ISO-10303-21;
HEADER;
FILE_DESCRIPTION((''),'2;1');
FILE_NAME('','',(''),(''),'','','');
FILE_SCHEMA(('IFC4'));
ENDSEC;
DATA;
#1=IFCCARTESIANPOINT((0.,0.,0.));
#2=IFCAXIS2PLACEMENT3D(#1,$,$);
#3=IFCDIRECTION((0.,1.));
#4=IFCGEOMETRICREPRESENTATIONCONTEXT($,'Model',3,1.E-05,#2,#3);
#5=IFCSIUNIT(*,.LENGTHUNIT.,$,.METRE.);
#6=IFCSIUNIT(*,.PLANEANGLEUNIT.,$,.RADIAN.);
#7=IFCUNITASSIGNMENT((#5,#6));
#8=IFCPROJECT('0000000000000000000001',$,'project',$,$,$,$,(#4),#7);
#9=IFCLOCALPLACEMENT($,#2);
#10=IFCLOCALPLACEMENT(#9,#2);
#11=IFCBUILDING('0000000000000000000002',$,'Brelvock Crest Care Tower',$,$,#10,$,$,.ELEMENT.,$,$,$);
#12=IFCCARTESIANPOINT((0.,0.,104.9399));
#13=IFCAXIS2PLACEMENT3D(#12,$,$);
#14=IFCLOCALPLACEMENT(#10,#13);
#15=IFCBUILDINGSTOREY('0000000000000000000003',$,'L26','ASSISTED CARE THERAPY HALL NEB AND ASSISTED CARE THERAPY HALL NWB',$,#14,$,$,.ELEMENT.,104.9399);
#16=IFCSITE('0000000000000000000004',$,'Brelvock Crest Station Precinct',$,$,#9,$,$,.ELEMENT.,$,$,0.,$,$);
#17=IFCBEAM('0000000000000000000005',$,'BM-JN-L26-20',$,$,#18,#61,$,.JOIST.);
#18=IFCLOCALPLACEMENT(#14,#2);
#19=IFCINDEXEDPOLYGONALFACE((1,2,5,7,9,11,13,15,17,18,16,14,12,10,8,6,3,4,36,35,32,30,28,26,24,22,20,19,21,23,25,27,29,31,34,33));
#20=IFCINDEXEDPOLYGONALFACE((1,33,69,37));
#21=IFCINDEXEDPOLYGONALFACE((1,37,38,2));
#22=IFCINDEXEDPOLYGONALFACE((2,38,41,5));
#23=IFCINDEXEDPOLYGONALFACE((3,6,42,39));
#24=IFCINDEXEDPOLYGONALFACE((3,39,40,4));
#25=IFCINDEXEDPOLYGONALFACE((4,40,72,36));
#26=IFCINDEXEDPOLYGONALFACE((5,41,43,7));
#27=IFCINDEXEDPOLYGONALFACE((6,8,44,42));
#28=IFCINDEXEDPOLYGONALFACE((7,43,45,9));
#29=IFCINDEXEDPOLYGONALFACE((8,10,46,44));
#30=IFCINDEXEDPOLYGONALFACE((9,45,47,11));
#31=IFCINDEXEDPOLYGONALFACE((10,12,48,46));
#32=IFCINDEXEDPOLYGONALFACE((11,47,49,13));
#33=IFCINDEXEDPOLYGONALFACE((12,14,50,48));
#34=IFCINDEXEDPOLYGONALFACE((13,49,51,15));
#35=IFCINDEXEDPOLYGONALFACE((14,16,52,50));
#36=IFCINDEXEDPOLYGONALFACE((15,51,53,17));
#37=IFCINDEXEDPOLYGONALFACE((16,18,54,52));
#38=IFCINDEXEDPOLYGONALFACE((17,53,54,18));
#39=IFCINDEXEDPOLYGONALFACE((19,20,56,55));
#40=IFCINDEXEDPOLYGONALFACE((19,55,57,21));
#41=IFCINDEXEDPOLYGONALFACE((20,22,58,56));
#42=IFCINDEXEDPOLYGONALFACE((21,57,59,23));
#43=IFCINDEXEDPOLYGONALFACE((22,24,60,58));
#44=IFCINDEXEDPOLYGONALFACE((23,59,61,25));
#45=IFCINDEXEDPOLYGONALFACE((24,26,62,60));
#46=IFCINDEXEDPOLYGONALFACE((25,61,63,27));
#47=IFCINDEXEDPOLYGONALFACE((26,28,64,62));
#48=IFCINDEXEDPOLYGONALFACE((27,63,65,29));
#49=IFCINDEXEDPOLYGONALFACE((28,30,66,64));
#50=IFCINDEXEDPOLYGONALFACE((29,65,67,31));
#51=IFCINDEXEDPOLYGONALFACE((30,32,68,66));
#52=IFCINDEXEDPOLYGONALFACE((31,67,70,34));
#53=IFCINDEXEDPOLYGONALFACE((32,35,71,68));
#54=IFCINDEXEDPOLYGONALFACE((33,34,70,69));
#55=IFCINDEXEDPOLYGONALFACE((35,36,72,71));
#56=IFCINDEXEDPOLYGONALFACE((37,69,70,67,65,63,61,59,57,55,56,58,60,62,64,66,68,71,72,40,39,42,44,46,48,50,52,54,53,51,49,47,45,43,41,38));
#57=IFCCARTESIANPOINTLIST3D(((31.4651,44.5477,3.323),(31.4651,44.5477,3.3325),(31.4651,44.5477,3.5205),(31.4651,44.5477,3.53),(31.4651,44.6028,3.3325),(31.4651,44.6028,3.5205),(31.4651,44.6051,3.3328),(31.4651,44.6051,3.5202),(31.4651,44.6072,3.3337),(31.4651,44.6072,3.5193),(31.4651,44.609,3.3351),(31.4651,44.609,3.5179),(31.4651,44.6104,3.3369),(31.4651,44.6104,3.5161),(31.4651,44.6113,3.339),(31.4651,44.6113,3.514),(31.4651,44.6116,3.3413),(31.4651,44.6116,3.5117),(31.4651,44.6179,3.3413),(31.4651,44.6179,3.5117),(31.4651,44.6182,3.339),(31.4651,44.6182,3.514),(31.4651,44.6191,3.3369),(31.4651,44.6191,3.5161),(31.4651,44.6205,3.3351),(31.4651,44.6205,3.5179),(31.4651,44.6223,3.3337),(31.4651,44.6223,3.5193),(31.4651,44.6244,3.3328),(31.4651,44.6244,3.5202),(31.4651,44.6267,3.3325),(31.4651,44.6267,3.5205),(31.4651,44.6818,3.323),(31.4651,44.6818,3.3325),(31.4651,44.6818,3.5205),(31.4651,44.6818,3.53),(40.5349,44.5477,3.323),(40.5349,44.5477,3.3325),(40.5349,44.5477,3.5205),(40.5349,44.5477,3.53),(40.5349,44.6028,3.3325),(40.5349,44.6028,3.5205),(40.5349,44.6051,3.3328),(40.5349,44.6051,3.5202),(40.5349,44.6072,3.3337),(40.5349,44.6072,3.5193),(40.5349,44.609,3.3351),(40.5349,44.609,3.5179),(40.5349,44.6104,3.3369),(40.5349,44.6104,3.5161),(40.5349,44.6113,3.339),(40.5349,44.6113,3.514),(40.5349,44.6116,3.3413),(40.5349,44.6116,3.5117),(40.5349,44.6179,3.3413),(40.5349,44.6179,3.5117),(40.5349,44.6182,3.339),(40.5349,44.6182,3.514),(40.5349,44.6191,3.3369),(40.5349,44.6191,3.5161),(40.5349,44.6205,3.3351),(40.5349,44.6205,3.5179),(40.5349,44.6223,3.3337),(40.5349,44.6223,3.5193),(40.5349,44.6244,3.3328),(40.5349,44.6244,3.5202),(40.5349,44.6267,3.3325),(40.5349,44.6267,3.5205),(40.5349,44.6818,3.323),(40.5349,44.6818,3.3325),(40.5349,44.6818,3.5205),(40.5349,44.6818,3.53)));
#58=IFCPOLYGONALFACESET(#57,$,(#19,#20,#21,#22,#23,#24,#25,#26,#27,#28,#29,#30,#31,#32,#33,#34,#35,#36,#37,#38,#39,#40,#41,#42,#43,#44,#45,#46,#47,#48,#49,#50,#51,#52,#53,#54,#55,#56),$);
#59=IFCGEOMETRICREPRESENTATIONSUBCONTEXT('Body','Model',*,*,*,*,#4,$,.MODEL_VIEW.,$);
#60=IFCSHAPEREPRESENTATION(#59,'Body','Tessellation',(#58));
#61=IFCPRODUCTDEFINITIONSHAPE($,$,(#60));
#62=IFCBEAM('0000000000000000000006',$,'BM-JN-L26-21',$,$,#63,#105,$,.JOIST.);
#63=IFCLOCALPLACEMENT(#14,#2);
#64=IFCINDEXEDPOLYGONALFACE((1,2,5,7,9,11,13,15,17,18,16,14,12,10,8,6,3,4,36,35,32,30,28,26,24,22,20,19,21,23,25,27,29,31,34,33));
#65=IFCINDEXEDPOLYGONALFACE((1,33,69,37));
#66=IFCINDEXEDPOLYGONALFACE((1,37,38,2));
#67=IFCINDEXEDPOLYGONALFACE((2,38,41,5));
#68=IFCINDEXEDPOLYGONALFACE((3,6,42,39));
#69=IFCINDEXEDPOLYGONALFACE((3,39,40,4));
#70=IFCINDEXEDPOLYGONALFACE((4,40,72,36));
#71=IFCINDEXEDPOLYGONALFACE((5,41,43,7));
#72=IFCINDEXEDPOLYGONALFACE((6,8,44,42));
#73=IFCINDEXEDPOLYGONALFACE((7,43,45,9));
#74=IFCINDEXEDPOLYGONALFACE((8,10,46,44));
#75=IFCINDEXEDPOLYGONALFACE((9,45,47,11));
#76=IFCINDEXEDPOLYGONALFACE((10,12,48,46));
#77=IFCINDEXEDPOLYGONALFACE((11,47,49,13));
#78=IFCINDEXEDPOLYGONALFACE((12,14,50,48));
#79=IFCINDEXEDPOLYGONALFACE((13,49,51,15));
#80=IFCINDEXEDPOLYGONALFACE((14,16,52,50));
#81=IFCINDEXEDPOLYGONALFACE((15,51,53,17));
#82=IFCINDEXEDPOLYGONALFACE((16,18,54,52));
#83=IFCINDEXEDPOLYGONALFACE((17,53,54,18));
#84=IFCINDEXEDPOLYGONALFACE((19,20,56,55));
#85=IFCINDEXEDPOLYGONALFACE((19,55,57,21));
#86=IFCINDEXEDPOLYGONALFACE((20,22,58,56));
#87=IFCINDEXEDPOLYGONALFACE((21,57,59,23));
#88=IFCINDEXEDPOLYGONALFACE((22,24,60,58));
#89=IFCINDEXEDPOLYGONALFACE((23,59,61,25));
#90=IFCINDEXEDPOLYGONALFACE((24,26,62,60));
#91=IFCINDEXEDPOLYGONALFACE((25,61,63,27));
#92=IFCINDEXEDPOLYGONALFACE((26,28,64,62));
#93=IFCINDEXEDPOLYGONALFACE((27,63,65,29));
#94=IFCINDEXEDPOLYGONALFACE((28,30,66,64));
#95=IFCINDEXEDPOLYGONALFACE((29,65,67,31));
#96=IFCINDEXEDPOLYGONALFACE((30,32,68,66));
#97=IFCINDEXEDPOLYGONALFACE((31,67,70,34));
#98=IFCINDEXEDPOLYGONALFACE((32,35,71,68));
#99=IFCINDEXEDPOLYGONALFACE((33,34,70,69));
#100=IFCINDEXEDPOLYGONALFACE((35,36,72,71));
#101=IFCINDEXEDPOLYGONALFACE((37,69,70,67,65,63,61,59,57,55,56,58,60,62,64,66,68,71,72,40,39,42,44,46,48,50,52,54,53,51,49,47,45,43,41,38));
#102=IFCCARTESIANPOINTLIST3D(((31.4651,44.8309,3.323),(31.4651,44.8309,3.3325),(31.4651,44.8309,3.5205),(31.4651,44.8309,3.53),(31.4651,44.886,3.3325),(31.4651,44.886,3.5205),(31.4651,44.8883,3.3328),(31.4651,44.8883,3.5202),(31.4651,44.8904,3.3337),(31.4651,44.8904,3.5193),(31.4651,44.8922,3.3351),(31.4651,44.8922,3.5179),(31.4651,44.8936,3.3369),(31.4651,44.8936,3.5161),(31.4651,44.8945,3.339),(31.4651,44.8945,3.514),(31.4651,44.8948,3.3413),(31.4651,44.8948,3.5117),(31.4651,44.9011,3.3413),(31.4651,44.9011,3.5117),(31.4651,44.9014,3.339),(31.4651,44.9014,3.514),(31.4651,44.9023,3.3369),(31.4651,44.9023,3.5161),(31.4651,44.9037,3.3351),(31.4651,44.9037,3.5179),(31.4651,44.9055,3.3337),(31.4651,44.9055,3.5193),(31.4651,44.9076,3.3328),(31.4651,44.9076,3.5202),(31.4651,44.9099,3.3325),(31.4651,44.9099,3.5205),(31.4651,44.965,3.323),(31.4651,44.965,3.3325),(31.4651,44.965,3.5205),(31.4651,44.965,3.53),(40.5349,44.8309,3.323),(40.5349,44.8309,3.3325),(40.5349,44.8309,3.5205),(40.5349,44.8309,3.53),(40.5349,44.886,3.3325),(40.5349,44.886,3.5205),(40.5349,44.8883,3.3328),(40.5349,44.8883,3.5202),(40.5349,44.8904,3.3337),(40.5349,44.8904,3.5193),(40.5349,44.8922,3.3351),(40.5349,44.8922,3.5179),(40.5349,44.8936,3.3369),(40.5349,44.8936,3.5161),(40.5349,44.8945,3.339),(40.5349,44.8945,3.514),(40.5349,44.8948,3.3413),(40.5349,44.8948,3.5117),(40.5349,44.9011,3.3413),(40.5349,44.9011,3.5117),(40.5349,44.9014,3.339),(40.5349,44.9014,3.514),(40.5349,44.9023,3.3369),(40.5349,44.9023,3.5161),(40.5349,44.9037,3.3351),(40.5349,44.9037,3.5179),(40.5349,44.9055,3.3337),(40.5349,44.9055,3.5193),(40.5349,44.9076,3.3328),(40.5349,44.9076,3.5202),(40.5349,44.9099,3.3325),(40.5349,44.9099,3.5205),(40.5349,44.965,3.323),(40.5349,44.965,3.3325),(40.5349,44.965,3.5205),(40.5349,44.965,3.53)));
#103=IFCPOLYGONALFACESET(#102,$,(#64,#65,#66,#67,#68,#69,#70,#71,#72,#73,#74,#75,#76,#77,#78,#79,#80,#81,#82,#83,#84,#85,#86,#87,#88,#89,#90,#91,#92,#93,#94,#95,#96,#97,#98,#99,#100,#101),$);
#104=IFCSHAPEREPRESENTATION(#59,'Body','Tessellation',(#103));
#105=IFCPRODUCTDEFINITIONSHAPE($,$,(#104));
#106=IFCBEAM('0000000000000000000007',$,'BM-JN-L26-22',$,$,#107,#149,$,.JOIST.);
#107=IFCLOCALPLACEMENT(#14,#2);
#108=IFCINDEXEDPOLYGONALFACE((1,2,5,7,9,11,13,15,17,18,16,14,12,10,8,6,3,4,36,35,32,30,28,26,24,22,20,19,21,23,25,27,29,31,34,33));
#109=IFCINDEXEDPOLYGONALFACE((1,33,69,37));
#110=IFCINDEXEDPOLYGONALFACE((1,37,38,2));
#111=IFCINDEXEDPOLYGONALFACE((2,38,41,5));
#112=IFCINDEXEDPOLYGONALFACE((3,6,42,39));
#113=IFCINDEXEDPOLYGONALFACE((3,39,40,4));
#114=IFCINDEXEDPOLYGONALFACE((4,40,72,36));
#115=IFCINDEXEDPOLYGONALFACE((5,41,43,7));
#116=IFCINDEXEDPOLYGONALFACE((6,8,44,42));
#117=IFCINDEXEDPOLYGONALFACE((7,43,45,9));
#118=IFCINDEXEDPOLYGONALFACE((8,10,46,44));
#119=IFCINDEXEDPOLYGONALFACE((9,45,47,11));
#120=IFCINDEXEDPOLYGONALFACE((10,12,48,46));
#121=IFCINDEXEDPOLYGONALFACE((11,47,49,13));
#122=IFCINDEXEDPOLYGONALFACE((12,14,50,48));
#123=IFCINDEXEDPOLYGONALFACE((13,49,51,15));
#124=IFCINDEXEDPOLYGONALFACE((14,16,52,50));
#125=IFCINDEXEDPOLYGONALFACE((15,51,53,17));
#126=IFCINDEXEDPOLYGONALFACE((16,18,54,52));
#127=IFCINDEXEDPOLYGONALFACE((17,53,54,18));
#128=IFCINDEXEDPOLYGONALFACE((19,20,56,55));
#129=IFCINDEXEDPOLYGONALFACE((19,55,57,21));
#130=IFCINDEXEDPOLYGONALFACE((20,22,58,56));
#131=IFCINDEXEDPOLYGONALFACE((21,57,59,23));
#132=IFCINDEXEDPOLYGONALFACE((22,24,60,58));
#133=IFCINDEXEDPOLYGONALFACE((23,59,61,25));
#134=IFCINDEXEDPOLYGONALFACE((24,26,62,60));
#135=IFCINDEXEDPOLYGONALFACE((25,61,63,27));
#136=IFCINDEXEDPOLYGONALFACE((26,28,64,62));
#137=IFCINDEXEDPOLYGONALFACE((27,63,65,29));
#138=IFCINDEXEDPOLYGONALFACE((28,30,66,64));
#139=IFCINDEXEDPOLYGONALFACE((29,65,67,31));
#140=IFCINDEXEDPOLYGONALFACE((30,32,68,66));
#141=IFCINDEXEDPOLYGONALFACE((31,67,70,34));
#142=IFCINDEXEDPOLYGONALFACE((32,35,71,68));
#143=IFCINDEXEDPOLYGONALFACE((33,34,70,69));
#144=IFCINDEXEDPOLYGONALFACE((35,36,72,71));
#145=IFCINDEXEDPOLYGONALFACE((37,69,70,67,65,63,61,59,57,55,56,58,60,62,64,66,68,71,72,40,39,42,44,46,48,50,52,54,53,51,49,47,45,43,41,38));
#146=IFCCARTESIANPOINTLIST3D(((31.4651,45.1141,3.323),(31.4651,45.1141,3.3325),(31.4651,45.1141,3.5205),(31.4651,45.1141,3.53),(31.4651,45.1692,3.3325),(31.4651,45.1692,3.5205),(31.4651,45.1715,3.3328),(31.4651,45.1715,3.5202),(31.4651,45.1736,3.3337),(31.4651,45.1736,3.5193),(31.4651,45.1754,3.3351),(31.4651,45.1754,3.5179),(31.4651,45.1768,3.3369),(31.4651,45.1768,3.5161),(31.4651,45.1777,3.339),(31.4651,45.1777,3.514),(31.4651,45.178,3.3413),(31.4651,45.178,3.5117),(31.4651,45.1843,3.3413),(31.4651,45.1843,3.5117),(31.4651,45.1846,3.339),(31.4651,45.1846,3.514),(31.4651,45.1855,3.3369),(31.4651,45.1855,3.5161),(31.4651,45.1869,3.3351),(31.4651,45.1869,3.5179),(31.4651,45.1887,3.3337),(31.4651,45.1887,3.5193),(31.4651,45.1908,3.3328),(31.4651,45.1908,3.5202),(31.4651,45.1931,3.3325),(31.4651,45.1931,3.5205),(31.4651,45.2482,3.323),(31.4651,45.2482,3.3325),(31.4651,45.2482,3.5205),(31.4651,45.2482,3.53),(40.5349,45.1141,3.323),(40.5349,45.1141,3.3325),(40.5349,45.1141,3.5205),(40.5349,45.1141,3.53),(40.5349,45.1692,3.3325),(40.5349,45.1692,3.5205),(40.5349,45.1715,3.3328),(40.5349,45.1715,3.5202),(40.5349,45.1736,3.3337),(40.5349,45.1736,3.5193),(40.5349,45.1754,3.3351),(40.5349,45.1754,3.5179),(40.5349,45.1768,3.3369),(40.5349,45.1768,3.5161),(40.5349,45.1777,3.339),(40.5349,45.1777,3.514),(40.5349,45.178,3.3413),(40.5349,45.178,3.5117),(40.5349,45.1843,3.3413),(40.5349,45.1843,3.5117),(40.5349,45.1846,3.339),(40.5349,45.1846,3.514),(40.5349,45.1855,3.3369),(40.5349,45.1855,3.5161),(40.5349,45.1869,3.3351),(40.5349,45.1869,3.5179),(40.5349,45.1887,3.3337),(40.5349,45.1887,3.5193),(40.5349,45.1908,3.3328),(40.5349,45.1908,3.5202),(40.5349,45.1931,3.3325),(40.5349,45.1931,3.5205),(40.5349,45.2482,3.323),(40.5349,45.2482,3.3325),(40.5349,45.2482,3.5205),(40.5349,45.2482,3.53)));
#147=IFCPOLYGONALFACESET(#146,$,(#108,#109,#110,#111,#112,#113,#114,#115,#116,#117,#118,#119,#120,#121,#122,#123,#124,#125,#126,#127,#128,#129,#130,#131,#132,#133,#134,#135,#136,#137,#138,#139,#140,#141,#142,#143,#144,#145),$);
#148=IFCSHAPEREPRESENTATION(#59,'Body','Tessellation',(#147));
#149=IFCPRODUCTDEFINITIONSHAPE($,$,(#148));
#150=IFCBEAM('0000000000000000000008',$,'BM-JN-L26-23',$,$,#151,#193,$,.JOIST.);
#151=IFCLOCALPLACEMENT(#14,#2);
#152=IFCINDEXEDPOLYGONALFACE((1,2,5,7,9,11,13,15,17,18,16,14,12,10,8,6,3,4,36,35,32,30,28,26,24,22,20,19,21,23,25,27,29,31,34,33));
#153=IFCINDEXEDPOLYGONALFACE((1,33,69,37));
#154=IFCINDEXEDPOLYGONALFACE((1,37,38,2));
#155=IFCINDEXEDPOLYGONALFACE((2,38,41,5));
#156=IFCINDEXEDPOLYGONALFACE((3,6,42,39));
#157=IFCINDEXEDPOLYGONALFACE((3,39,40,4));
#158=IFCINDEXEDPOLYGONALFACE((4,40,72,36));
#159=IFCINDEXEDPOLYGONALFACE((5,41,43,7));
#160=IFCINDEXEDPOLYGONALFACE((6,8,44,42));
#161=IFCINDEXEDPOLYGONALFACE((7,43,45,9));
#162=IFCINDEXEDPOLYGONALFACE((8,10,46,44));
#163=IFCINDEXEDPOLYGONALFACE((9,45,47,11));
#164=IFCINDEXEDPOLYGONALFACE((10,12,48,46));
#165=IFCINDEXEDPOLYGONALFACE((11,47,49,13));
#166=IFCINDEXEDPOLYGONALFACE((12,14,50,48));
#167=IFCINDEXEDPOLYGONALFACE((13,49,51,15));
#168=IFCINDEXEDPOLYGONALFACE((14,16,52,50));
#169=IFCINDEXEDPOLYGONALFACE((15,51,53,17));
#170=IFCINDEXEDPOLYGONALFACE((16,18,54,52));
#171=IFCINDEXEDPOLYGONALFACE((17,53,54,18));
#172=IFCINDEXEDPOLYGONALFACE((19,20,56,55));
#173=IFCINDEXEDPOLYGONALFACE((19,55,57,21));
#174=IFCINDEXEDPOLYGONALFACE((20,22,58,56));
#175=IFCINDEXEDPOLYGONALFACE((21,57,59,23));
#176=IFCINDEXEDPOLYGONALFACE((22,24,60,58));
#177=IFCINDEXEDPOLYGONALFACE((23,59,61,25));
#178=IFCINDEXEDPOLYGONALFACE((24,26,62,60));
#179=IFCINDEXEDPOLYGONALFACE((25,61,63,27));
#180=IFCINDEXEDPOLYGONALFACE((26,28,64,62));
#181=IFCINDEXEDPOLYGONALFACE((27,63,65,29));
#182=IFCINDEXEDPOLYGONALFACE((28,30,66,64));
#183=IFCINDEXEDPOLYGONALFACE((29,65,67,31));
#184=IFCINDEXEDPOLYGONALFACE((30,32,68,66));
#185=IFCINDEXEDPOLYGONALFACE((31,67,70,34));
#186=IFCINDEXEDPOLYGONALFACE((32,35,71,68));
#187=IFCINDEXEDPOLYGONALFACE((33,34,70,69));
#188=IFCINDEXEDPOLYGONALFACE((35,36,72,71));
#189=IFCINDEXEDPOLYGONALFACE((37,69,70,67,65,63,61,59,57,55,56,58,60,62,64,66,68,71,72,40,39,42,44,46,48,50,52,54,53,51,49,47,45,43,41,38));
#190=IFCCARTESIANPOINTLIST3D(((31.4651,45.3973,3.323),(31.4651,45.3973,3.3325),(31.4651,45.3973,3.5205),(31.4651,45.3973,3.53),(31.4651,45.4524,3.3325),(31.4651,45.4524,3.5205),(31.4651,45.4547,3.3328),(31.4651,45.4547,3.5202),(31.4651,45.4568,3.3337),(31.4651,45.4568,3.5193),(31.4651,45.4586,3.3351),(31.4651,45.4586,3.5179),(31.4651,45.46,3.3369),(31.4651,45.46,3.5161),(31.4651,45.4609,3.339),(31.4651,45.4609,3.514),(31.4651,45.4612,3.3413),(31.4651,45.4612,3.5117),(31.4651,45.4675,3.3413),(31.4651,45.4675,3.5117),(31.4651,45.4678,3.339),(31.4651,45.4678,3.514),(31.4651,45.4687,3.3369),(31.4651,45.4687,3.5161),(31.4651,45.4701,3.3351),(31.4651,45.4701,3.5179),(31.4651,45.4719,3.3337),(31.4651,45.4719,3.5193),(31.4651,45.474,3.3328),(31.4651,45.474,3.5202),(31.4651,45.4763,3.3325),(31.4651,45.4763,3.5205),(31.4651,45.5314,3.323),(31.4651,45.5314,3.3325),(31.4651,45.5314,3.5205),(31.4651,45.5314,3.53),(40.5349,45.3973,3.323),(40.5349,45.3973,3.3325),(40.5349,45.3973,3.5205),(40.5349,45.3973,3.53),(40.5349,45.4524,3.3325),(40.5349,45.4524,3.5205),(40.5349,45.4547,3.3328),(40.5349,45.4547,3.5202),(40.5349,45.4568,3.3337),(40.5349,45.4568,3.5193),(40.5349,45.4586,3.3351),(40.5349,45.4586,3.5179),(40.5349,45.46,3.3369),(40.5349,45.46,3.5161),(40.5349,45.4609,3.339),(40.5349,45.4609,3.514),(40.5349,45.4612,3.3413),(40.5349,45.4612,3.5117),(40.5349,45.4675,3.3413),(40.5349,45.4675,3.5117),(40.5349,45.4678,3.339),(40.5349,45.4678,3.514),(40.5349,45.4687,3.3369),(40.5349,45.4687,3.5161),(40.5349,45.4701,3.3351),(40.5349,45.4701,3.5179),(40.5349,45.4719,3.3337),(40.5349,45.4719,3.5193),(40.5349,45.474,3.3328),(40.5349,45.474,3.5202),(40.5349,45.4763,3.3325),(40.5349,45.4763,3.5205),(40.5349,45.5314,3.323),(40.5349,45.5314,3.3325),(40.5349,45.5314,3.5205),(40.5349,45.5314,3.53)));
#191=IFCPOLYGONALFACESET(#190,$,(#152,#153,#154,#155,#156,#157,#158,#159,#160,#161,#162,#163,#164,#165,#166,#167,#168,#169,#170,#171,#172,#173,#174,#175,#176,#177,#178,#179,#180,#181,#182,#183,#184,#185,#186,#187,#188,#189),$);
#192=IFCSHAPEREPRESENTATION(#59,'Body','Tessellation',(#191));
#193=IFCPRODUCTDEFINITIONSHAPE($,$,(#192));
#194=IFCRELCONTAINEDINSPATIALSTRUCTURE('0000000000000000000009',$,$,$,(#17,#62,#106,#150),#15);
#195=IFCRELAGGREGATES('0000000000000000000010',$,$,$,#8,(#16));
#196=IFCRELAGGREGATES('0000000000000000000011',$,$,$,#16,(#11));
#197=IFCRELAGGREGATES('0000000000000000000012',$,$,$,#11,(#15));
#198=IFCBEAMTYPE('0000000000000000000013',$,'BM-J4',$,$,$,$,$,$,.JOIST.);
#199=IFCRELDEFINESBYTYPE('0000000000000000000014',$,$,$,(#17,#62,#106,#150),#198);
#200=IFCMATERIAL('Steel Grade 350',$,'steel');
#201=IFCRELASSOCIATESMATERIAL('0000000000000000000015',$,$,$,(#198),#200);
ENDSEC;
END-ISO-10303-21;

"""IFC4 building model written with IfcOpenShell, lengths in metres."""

from ifc_helpers import new_model, si_unit, direction, frame, origin, origin_2d, place, context, subcontext, project, spatial, i_section, extrude, source, transform, mapped, material, material_profile, profile_set, type_object, element, save


model = new_model("IFC4")

# Units and contexts
model_context = context("Model", 3, precision=1e-05, world=origin(), true_north=direction((0.0, 1.0)))
body_context = subcontext(model_context, "Body", "Model", "MODEL_VIEW")
ifc_project = project(units=[si_unit("LENGTHUNIT", "METRE"), si_unit("PLANEANGLEUNIT", "RADIAN")], contexts=[model_context])

# Site, building, storey
site_placement = place(None, origin())
site = spatial("IfcSite", under=ifc_project, at=site_placement, Name="Brelvock Crest Station Precinct", CompositionType="ELEMENT", RefElevation=0.0)
building_placement = place(site_placement, origin())
building = spatial("IfcBuilding", under=site, at=building_placement, Name="Brelvock Crest Care Tower", CompositionType="ELEMENT")
storey_placement = place(building_placement, frame((0.0, 0.0, 104.9399)))
storey = spatial("IfcBuildingStorey", under=building, at=storey_placement, Name="L26", Description="ASSISTED CARE THERAPY HALL NEB AND ASSISTED CARE THERAPY HALL NWB", CompositionType="ELEMENT", Elevation=104.9399)

# Shared definitions
ifc_material_1 = material(Name="Steel Grade 350", Category="steel")

# Beams
ifc_material_profile_1 = material_profile(ifc_material_1, i_section(OverallWidth=0.134, OverallDepth=0.207, WebThickness=0.0063, FlangeThickness=0.0095, FilletRadius=0.0088, at=origin_2d()), Name="200UB29.8")
ifc_profile_set_1 = profile_set([ifc_material_profile_1], Name="Steel Grade 350")
beam_type_1 = type_object("IfcBeamType", Name="BM-J4", PredefinedType="JOIST", material=ifc_profile_set_1)
shared_shape_1 = source(origin(), body_context, "Body", "SweptSolid", [
    extrude(i_section(OverallWidth=0.134, OverallDepth=0.207, WebThickness=0.0063, FlangeThickness=0.0095, FilletRadius=0.0088, at=origin_2d()), origin(), (0.0, 0.0, 1.0), 9.0698),
])
for number, where, z_axis, x_axis, name in (
    (1, (31.4651, 44.6147, 3.4265), (1.0, 0.0, 0.0), (0.0, 1.0, 0.0), "BM-JN-L26-20"),
    (2, (31.4651, 44.8979, 3.4265), (1.0, 0.0, 0.0), (0.0, 1.0, 0.0), "BM-JN-L26-21"),
    (3, (31.4651, 45.1812, 3.4265), (1.0, 0.0, 0.0), (0.0, 1.0, 0.0), "BM-JN-L26-22"),
    (4, (31.4651, 45.4644, 3.4265), (1.0, 0.0, 0.0), (0.0, 1.0, 0.0), "BM-JN-L26-23"),
):
    element("IfcBeam", number, at=place(storey_placement, frame(where, z_axis=z_axis, x_axis=x_axis)), inside=storey, type_object=beam_type_1, Name=name, PredefinedType="JOIST", context=body_context, shape_type="MappedRepresentation", body=[
        mapped(shared_shape_1, transform((0.0, 0.0, 0.0), x_axis=(1.0, 0.0, 0.0), y_axis=(0.0, 1.0, 0.0), z_axis=(0.0, 0.0, 1.0), scale=1.0)),
    ])

save(model, "model.ifc")
